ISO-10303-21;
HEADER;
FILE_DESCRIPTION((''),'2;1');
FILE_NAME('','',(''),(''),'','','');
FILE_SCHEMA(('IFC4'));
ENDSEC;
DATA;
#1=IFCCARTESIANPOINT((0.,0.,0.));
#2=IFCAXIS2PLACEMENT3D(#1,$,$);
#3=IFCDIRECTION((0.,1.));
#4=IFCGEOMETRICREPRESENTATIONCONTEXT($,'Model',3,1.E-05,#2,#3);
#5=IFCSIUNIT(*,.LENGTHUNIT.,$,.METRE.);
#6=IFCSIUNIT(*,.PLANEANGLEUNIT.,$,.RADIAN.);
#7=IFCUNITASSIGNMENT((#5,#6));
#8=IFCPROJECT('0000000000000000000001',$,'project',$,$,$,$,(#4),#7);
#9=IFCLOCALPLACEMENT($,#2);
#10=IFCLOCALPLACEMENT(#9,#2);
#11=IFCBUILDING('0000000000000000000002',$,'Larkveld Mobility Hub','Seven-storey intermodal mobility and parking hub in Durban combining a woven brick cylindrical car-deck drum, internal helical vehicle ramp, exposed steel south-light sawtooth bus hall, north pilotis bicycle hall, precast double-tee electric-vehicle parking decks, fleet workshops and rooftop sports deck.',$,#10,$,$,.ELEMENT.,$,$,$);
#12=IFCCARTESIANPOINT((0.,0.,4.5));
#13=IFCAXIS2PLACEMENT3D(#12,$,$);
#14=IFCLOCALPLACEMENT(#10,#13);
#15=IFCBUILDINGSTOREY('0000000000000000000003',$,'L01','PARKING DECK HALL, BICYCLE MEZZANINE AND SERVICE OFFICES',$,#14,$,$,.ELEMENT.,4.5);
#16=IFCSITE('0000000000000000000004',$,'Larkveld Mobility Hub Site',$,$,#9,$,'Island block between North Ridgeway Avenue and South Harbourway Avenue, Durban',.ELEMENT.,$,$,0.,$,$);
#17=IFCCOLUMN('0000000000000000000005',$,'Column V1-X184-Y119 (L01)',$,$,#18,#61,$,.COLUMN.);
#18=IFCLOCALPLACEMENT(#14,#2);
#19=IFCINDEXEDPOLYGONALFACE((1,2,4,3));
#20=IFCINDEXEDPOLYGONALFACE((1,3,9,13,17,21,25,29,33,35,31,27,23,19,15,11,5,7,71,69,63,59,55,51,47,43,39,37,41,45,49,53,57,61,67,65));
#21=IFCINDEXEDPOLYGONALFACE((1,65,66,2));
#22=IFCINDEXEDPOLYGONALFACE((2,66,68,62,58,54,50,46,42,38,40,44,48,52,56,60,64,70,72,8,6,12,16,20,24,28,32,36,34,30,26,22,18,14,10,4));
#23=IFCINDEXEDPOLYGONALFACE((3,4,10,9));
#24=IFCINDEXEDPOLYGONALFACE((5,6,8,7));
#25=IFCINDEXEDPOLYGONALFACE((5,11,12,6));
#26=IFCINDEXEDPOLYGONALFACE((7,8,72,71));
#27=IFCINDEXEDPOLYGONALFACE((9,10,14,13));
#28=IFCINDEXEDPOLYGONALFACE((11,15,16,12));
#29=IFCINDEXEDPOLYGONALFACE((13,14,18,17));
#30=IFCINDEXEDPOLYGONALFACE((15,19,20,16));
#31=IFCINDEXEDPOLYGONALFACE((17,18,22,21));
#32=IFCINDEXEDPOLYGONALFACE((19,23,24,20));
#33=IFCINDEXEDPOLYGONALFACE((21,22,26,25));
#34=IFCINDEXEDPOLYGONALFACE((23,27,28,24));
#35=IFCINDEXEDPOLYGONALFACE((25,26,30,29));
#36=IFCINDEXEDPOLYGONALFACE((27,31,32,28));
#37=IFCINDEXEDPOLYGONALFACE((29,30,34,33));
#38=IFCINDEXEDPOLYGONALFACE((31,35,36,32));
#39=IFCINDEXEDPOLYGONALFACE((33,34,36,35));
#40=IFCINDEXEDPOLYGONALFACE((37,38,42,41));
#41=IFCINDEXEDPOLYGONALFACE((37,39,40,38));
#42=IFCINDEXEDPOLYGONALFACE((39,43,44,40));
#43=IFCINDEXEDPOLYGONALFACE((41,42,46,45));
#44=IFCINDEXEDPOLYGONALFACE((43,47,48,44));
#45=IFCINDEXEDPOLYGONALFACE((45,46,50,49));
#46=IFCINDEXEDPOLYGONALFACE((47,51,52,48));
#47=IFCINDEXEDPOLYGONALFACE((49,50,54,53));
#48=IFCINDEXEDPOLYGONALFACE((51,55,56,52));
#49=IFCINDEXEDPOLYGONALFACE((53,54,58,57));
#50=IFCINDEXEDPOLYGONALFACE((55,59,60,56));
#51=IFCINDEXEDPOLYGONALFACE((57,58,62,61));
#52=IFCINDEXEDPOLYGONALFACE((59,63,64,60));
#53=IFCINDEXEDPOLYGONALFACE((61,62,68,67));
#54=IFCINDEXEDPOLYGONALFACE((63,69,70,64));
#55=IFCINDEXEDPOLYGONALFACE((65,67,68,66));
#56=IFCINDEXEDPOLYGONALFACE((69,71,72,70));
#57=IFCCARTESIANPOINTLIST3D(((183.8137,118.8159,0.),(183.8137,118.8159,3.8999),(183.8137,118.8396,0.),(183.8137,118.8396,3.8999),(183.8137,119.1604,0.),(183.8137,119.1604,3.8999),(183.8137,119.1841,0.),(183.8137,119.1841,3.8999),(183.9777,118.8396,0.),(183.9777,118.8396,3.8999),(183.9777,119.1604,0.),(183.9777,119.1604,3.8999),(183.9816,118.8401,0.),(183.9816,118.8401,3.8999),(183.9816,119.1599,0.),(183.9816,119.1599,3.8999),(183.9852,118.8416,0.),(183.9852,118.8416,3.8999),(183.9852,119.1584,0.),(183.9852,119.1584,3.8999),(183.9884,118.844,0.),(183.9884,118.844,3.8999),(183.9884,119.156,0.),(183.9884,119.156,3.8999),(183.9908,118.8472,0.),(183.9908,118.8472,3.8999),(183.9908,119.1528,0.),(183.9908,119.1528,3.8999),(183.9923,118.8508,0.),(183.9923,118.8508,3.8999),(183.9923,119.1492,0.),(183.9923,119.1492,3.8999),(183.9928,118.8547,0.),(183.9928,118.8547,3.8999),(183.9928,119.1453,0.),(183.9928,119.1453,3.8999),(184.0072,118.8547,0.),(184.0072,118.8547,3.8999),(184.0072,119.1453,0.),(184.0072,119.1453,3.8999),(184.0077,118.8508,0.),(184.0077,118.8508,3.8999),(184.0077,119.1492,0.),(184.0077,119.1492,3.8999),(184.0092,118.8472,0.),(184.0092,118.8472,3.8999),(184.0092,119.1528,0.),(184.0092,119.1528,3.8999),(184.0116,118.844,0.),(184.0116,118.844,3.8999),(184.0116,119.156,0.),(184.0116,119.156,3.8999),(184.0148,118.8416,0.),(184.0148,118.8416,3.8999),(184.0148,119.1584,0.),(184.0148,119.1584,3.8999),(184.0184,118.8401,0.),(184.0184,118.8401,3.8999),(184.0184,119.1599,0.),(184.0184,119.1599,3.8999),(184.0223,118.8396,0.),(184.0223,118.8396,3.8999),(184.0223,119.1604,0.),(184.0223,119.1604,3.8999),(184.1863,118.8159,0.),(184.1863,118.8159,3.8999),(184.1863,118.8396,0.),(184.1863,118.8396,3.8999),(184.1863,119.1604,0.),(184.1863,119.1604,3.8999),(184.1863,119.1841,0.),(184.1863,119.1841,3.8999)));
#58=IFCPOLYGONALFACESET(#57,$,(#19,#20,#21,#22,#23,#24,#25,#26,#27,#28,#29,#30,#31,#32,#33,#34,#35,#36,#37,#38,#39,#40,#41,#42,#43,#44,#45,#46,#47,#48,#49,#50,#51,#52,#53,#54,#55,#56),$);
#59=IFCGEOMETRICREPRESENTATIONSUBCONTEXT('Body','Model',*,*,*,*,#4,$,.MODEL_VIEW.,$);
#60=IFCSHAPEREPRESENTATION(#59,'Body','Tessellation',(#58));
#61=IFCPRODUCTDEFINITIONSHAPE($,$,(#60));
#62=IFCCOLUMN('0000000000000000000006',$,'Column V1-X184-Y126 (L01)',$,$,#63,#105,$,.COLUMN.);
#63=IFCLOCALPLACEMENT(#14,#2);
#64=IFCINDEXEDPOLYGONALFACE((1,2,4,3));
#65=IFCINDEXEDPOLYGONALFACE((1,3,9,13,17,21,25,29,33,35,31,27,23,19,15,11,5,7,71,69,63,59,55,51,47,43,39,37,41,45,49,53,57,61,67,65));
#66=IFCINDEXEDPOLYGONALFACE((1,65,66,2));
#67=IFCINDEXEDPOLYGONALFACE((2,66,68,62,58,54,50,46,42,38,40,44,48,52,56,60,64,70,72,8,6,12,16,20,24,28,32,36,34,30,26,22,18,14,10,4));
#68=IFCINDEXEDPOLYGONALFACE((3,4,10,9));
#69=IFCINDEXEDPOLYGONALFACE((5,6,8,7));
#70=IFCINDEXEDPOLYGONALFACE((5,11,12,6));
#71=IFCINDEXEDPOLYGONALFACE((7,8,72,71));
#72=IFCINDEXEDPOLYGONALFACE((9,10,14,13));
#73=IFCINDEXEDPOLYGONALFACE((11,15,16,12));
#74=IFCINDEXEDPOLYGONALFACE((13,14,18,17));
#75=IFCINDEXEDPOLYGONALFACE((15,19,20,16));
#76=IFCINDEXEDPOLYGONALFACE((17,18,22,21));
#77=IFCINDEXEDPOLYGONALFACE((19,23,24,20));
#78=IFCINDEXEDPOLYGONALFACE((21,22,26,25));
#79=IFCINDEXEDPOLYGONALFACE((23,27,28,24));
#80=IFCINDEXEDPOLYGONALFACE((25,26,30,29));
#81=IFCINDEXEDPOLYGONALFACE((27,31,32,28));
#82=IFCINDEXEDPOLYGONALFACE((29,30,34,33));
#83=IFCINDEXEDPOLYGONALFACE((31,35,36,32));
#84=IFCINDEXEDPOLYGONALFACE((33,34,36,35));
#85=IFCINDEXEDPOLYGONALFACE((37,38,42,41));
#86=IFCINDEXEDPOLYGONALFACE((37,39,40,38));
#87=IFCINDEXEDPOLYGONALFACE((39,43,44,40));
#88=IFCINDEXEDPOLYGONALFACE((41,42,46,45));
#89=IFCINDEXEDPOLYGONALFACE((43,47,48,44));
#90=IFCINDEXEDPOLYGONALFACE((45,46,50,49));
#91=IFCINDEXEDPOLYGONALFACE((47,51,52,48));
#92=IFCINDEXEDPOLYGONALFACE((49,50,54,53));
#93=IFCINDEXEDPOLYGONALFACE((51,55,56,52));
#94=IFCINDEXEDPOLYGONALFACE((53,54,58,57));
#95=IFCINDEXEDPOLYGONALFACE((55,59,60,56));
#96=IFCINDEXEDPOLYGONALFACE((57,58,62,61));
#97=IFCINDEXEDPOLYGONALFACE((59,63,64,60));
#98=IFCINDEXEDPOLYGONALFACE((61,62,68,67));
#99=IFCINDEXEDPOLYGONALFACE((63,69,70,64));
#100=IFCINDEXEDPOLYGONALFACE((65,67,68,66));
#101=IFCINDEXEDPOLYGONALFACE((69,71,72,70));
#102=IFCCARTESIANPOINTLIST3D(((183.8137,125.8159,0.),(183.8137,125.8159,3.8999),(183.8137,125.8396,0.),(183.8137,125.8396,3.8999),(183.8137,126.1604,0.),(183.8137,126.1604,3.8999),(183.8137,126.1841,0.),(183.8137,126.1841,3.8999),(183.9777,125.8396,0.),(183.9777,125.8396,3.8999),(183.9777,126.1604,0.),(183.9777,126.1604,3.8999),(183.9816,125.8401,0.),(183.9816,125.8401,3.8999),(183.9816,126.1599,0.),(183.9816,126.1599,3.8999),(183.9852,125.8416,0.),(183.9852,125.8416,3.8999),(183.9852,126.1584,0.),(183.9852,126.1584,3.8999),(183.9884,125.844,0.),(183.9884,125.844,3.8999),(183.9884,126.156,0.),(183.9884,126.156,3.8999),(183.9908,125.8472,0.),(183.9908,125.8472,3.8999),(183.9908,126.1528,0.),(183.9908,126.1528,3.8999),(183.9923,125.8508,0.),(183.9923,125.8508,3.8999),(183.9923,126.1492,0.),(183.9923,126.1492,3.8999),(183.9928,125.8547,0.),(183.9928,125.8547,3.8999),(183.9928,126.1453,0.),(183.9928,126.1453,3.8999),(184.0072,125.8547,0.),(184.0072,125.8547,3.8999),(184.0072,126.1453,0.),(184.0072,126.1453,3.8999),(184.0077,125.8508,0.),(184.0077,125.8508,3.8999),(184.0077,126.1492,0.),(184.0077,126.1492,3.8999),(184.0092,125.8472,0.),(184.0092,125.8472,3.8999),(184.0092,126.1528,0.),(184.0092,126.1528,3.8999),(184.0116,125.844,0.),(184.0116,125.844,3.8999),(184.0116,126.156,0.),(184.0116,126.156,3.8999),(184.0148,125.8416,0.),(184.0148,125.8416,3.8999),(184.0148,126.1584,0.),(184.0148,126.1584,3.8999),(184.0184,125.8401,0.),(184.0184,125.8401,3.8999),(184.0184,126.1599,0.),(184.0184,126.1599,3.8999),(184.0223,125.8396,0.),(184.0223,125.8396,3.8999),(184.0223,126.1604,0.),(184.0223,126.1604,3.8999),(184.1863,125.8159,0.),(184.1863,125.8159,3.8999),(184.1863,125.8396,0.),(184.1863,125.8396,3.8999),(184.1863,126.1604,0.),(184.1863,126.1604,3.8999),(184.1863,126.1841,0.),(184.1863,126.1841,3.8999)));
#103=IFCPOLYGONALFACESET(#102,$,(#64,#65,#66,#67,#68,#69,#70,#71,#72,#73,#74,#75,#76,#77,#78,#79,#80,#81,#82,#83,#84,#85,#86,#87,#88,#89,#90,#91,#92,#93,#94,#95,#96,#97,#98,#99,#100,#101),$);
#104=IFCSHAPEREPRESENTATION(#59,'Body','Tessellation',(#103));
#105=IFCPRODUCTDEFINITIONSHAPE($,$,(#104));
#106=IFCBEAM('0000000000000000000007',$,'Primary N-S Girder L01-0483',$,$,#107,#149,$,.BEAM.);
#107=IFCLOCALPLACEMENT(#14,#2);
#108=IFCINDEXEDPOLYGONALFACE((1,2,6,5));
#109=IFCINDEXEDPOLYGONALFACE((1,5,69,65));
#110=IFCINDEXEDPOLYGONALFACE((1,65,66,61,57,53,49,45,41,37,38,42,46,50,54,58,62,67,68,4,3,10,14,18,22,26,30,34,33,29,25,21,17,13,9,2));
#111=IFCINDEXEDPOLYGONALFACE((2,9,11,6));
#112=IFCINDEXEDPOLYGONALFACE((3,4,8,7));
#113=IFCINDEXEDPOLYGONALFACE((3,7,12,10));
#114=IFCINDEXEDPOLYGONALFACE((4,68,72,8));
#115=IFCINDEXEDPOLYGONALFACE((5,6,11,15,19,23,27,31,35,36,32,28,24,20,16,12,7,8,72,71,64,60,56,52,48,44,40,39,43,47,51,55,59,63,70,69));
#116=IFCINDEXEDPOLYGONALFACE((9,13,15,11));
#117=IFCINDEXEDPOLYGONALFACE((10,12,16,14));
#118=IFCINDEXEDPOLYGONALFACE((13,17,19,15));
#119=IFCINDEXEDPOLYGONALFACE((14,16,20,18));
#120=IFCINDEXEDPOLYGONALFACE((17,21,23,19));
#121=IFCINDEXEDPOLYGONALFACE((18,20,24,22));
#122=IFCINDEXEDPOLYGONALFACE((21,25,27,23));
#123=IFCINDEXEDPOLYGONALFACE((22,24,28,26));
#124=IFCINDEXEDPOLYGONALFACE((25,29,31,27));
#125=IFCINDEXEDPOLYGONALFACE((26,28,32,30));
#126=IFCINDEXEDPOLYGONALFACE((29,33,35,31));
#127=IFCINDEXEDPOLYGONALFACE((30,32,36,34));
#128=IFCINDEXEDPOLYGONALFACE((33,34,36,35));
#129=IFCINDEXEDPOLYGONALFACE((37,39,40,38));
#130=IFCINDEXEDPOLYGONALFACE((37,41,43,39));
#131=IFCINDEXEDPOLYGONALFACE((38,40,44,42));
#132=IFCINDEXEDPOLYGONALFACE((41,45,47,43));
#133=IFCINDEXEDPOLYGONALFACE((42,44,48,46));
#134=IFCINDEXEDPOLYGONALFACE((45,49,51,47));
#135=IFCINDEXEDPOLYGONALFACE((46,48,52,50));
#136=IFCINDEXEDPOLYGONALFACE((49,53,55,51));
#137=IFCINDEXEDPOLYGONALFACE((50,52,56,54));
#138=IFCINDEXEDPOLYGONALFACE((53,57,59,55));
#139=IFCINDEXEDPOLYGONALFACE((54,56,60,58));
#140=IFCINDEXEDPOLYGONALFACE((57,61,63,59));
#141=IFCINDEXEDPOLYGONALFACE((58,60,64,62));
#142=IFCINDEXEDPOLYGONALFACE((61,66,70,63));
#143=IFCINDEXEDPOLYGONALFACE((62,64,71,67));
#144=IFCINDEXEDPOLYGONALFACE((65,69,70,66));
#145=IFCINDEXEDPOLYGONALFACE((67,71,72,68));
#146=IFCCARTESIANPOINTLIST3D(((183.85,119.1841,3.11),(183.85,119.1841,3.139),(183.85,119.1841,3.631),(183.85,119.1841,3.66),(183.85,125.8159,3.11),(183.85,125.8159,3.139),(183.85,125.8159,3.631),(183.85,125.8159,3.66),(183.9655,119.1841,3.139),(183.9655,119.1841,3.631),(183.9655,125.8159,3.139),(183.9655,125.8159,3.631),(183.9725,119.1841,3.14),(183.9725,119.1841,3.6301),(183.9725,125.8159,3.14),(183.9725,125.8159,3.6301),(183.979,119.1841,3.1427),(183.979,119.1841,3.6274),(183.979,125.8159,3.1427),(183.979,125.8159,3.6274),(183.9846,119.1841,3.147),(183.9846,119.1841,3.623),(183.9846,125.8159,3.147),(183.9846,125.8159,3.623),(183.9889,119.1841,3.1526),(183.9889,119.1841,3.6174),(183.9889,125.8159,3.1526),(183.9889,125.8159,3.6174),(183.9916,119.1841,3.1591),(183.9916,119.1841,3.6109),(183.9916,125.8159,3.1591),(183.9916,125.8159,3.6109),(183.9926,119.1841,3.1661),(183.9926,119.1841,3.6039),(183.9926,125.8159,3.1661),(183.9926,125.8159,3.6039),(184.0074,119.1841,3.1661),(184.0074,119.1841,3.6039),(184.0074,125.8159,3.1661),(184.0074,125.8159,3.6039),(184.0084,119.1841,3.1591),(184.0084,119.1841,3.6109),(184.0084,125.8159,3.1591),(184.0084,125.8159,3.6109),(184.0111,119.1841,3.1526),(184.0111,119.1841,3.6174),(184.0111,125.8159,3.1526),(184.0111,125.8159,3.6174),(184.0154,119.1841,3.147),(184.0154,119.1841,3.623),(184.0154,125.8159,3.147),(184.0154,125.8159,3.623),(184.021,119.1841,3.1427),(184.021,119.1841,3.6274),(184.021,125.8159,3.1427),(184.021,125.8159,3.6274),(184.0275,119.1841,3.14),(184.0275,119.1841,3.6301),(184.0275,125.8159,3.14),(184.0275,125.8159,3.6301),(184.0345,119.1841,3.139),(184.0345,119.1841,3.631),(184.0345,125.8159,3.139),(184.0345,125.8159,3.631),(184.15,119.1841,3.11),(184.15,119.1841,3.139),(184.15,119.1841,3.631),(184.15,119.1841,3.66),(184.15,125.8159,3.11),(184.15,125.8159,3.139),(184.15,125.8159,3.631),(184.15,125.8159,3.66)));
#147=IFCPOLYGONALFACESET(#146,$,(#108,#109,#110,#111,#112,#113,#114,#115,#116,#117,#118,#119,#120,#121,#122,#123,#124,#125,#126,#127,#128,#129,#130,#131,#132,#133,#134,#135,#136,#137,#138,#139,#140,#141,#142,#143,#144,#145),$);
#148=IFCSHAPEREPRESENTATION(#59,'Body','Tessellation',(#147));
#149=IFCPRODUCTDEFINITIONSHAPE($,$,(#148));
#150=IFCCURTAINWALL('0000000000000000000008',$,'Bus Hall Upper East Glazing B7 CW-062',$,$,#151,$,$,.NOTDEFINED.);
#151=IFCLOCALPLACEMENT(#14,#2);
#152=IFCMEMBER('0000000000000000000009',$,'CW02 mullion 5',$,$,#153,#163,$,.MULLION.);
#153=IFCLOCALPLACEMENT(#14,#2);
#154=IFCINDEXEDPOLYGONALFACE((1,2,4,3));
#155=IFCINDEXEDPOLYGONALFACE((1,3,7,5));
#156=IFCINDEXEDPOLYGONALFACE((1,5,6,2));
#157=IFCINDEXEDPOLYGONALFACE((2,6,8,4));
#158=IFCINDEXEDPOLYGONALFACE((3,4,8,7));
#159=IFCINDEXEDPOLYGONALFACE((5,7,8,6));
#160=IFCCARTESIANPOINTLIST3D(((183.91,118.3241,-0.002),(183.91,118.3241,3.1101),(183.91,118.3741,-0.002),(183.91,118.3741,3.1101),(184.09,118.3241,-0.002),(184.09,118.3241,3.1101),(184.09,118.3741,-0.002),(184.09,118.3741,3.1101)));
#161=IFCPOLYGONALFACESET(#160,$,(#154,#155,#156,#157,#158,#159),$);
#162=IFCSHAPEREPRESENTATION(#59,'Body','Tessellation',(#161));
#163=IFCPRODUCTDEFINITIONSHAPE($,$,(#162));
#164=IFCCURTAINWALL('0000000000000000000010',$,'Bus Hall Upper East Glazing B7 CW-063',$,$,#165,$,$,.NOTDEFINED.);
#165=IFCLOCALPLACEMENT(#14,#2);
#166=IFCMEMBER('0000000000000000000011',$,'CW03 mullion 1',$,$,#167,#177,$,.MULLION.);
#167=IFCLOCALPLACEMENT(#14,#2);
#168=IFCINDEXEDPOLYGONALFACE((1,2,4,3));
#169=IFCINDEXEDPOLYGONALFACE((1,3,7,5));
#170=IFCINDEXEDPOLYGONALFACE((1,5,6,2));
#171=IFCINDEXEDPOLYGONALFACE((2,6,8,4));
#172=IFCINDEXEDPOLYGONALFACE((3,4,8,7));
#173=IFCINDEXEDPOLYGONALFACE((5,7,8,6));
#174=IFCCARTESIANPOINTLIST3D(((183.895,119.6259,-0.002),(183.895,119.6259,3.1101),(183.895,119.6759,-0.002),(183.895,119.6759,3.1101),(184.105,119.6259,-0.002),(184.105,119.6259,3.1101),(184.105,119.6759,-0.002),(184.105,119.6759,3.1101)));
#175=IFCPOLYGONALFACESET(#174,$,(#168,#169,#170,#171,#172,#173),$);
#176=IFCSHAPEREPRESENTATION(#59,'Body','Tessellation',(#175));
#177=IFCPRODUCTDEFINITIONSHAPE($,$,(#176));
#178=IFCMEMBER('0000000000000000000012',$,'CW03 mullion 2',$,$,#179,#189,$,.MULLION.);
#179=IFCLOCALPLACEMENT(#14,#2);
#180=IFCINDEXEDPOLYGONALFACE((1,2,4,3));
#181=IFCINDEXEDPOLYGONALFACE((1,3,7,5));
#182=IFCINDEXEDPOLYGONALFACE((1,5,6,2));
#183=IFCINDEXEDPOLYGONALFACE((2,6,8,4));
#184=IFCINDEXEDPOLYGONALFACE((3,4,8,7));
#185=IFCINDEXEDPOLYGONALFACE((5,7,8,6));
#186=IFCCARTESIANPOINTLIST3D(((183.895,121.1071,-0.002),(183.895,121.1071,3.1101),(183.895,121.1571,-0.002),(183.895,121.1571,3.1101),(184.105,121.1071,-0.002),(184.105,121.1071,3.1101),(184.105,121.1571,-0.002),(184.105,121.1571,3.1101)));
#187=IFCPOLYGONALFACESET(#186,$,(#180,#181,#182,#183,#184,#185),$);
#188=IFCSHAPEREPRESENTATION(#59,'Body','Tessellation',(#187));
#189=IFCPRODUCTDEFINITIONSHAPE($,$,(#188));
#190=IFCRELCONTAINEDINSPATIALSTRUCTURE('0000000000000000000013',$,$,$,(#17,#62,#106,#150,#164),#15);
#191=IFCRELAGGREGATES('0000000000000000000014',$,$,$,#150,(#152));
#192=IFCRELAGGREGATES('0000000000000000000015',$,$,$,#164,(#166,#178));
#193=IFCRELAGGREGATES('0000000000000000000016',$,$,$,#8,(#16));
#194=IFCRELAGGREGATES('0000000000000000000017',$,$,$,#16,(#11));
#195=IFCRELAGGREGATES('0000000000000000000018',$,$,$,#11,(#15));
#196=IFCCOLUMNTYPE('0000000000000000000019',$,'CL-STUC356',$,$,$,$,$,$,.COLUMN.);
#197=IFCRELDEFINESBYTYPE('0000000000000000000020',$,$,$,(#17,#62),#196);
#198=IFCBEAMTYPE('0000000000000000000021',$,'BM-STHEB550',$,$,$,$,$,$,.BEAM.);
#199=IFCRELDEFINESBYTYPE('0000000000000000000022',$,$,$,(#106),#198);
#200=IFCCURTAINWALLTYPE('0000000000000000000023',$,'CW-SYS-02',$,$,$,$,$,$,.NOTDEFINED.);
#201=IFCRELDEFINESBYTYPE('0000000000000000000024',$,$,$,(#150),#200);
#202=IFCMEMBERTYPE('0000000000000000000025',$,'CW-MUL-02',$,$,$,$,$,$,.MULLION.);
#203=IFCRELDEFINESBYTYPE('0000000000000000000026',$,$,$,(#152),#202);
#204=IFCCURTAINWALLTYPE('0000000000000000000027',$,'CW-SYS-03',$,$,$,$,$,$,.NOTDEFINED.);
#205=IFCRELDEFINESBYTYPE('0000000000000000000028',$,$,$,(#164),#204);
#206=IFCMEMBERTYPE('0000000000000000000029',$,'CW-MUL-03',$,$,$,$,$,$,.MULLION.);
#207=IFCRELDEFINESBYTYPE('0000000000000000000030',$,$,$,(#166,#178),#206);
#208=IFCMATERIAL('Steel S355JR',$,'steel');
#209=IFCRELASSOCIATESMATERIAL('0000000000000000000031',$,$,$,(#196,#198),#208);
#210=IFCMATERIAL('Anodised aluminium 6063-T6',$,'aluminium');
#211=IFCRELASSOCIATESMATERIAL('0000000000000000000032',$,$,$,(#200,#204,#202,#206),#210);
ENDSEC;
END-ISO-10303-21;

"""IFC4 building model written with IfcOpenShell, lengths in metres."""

from ifc_helpers import new_model, si_unit, direction, frame, origin, origin_2d, place, context, subcontext, project, spatial, rectangle, i_section, extrude, material, material_profile, profile_set, type_object, element, aggregate, save


model = new_model("IFC4")

# Units and contexts
model_context = context("Model", 3, precision=1e-05, world=origin(), true_north=direction((0.0, 1.0)))
body_context = subcontext(model_context, "Body", "Model", "MODEL_VIEW")
ifc_project = project(units=[si_unit("LENGTHUNIT", "METRE"), si_unit("PLANEANGLEUNIT", "RADIAN")], contexts=[model_context])

# Site, building, storey
site_placement = place(None, origin())
site = spatial("IfcSite", under=ifc_project, at=site_placement, Name="Larkveld Mobility Hub Site", LongName="Island block between North Ridgeway Avenue and South Harbourway Avenue, Durban", CompositionType="ELEMENT", RefElevation=0.0)
building_placement = place(site_placement, origin())
building = spatial("IfcBuilding", under=site, at=building_placement, Name="Larkveld Mobility Hub", Description="Seven-storey intermodal mobility and parking hub in Durban combining a woven brick cylindrical car-deck drum, internal helical vehicle ramp, exposed steel south-light sawtooth bus hall, north pilotis bicycle hall, precast double-tee electric-vehicle parking decks, fleet workshops and rooftop sports deck.", CompositionType="ELEMENT")
storey_placement = place(building_placement, frame((0.0, 0.0, 4.5)))
storey = spatial("IfcBuildingStorey", under=building, at=storey_placement, Name="L01", Description="PARKING DECK HALL, BICYCLE MEZZANINE AND SERVICE OFFICES", CompositionType="ELEMENT", Elevation=4.5)

# Columns
ifc_material_1 = material(Name="Steel S355JR", Category="steel")
ifc_material_profile_1 = material_profile(ifc_material_1, i_section(OverallWidth=0.3726, OverallDepth=0.3682, WebThickness=0.0144, FlangeThickness=0.0237, FilletRadius=0.0151, at=origin_2d()), Name="UC 356x368x177")
ifc_profile_set_1 = profile_set([ifc_material_profile_1], Name="Steel S355JR")
column_type = type_object("IfcColumnType", Name="CL-STUC356", PredefinedType="COLUMN", material=ifc_profile_set_1)
for number, where, z_axis, x_axis, name in (
    (1, (184.0, 119.0, 0.0), (0.0, 0.0, 1.0), (1.0, 0.0, 0.0), "Column V1-X184-Y119 (L01)"),
    (2, (184.0, 126.0, 0.0), (0.0, 0.0, 1.0), (1.0, 0.0, 0.0), "Column V1-X184-Y126 (L01)"),
):
    element("IfcColumn", number, at=place(storey_placement, frame(where, z_axis=z_axis, x_axis=x_axis)), inside=storey, type_object=column_type, Name=name, PredefinedType="COLUMN", context=body_context, shape_type="SweptSolid", body=[
        extrude(i_section(OverallWidth=0.3726, OverallDepth=0.3682, WebThickness=0.0144, FlangeThickness=0.0237, FilletRadius=0.0151, at=origin_2d()), origin(), (0.0, 0.0, 1.0), 3.8999),
    ])

# Beam
ifc_material_profile_2 = material_profile(ifc_material_1, i_section(OverallWidth=0.3, OverallDepth=0.55, WebThickness=0.0149, FlangeThickness=0.0291, FilletRadius=0.0271, at=origin_2d()), Name="HEB 550")
ifc_profile_set_2 = profile_set([ifc_material_profile_2], Name="Steel S355JR")
beam_type = type_object("IfcBeamType", Name="BM-STHEB550", PredefinedType="BEAM", material=ifc_profile_set_2)
beam_placement = place(storey_placement, frame((184.0, 119.1841, 3.385), z_axis=(0.0, 1.0, 0.0), x_axis=(-1.0, 0.0, 0.0)))
element("IfcBeam", 3, at=beam_placement, inside=storey, type_object=beam_type, Name="Primary N-S Girder L01-0483", PredefinedType="BEAM", context=body_context, shape_type="SweptSolid", body=[
    extrude(i_section(OverallWidth=0.3, OverallDepth=0.55, WebThickness=0.0149, FlangeThickness=0.0291, FilletRadius=0.0271, at=origin_2d()), origin(), (0.0, 0.0, 1.0), 6.6318),
])

# Curtain wall, member
ifc_material_2 = material(Name="Anodised aluminium 6063-T6", Category="aluminium")
curtain_wall_type_1 = type_object("IfcCurtainWallType", Name="CW-SYS-02", PredefinedType="NOTDEFINED", material=ifc_material_2)
curtain_wall_1_placement = place(storey_placement, origin())
curtain_wall_1 = element("IfcCurtainWall", 4, at=curtain_wall_1_placement, inside=storey, type_object=curtain_wall_type_1, Name="Bus Hall Upper East Glazing B7 CW-062", PredefinedType="NOTDEFINED")
ifc_material_profile_3 = material_profile(ifc_material_2, rectangle(XDim=0.05, YDim=0.1799, at=origin_2d()), Name="ALU MULL 50x180")
ifc_profile_set_3 = profile_set([ifc_material_profile_3], Name="Anodised aluminium 6063-T6")
member_type_1 = type_object("IfcMemberType", Name="CW-MUL-02", PredefinedType="MULLION", material=ifc_profile_set_3)
member_1_placement = place(storey_placement, frame((184.0, 118.3491, -0.002), z_axis=(0.0, 0.0, 1.0), x_axis=(0.0, 1.0, 0.0)))
member_1 = element("IfcMember", 5, at=member_1_placement, type_object=member_type_1, Name="CW02 mullion 5", PredefinedType="MULLION", context=body_context, shape_type="SweptSolid", body=[
    extrude(rectangle(XDim=0.05, YDim=0.1799, at=origin_2d()), origin(), (0.0, 0.0, 1.0), 3.1121),
])

# Curtain wall, members
curtain_wall_type_2 = type_object("IfcCurtainWallType", Name="CW-SYS-03", PredefinedType="NOTDEFINED", material=ifc_material_2)
curtain_wall_2_placement = place(storey_placement, origin())
curtain_wall_2 = element("IfcCurtainWall", 6, at=curtain_wall_2_placement, inside=storey, type_object=curtain_wall_type_2, Name="Bus Hall Upper East Glazing B7 CW-063", PredefinedType="NOTDEFINED")
ifc_material_profile_4 = material_profile(ifc_material_2, rectangle(XDim=0.05, YDim=0.21, at=origin_2d()), Name="ALU MULL 50x210")
ifc_profile_set_4 = profile_set([ifc_material_profile_4], Name="Anodised aluminium 6063-T6")
member_type_2 = type_object("IfcMemberType", Name="CW-MUL-03", PredefinedType="MULLION", material=ifc_profile_set_4)
member_2_placement = place(storey_placement, frame((184.0, 119.6509, -0.002), z_axis=(0.0, 0.0, 1.0), x_axis=(0.0, 1.0, 0.0)))
member_2 = element("IfcMember", 7, at=member_2_placement, type_object=member_type_2, Name="CW03 mullion 1", PredefinedType="MULLION", context=body_context, shape_type="SweptSolid", body=[
    extrude(rectangle(XDim=0.05, YDim=0.21, at=origin_2d()), origin(), (0.0, 0.0, 1.0), 3.1121),
])
member_3_placement = place(storey_placement, frame((184.0, 121.1321, -0.002), z_axis=(0.0, 0.0, 1.0), x_axis=(0.0, 1.0, 0.0)))
member_3 = element("IfcMember", 8, at=member_3_placement, type_object=member_type_2, Name="CW03 mullion 2", PredefinedType="MULLION", context=body_context, shape_type="SweptSolid", body=[
    extrude(rectangle(XDim=0.05, YDim=0.21, at=origin_2d()), origin(), (0.0, 0.0, 1.0), 3.1121),
])

aggregate(curtain_wall_1, [member_1])
aggregate(curtain_wall_2, [member_2, member_3])

save(model, "model.ifc")
